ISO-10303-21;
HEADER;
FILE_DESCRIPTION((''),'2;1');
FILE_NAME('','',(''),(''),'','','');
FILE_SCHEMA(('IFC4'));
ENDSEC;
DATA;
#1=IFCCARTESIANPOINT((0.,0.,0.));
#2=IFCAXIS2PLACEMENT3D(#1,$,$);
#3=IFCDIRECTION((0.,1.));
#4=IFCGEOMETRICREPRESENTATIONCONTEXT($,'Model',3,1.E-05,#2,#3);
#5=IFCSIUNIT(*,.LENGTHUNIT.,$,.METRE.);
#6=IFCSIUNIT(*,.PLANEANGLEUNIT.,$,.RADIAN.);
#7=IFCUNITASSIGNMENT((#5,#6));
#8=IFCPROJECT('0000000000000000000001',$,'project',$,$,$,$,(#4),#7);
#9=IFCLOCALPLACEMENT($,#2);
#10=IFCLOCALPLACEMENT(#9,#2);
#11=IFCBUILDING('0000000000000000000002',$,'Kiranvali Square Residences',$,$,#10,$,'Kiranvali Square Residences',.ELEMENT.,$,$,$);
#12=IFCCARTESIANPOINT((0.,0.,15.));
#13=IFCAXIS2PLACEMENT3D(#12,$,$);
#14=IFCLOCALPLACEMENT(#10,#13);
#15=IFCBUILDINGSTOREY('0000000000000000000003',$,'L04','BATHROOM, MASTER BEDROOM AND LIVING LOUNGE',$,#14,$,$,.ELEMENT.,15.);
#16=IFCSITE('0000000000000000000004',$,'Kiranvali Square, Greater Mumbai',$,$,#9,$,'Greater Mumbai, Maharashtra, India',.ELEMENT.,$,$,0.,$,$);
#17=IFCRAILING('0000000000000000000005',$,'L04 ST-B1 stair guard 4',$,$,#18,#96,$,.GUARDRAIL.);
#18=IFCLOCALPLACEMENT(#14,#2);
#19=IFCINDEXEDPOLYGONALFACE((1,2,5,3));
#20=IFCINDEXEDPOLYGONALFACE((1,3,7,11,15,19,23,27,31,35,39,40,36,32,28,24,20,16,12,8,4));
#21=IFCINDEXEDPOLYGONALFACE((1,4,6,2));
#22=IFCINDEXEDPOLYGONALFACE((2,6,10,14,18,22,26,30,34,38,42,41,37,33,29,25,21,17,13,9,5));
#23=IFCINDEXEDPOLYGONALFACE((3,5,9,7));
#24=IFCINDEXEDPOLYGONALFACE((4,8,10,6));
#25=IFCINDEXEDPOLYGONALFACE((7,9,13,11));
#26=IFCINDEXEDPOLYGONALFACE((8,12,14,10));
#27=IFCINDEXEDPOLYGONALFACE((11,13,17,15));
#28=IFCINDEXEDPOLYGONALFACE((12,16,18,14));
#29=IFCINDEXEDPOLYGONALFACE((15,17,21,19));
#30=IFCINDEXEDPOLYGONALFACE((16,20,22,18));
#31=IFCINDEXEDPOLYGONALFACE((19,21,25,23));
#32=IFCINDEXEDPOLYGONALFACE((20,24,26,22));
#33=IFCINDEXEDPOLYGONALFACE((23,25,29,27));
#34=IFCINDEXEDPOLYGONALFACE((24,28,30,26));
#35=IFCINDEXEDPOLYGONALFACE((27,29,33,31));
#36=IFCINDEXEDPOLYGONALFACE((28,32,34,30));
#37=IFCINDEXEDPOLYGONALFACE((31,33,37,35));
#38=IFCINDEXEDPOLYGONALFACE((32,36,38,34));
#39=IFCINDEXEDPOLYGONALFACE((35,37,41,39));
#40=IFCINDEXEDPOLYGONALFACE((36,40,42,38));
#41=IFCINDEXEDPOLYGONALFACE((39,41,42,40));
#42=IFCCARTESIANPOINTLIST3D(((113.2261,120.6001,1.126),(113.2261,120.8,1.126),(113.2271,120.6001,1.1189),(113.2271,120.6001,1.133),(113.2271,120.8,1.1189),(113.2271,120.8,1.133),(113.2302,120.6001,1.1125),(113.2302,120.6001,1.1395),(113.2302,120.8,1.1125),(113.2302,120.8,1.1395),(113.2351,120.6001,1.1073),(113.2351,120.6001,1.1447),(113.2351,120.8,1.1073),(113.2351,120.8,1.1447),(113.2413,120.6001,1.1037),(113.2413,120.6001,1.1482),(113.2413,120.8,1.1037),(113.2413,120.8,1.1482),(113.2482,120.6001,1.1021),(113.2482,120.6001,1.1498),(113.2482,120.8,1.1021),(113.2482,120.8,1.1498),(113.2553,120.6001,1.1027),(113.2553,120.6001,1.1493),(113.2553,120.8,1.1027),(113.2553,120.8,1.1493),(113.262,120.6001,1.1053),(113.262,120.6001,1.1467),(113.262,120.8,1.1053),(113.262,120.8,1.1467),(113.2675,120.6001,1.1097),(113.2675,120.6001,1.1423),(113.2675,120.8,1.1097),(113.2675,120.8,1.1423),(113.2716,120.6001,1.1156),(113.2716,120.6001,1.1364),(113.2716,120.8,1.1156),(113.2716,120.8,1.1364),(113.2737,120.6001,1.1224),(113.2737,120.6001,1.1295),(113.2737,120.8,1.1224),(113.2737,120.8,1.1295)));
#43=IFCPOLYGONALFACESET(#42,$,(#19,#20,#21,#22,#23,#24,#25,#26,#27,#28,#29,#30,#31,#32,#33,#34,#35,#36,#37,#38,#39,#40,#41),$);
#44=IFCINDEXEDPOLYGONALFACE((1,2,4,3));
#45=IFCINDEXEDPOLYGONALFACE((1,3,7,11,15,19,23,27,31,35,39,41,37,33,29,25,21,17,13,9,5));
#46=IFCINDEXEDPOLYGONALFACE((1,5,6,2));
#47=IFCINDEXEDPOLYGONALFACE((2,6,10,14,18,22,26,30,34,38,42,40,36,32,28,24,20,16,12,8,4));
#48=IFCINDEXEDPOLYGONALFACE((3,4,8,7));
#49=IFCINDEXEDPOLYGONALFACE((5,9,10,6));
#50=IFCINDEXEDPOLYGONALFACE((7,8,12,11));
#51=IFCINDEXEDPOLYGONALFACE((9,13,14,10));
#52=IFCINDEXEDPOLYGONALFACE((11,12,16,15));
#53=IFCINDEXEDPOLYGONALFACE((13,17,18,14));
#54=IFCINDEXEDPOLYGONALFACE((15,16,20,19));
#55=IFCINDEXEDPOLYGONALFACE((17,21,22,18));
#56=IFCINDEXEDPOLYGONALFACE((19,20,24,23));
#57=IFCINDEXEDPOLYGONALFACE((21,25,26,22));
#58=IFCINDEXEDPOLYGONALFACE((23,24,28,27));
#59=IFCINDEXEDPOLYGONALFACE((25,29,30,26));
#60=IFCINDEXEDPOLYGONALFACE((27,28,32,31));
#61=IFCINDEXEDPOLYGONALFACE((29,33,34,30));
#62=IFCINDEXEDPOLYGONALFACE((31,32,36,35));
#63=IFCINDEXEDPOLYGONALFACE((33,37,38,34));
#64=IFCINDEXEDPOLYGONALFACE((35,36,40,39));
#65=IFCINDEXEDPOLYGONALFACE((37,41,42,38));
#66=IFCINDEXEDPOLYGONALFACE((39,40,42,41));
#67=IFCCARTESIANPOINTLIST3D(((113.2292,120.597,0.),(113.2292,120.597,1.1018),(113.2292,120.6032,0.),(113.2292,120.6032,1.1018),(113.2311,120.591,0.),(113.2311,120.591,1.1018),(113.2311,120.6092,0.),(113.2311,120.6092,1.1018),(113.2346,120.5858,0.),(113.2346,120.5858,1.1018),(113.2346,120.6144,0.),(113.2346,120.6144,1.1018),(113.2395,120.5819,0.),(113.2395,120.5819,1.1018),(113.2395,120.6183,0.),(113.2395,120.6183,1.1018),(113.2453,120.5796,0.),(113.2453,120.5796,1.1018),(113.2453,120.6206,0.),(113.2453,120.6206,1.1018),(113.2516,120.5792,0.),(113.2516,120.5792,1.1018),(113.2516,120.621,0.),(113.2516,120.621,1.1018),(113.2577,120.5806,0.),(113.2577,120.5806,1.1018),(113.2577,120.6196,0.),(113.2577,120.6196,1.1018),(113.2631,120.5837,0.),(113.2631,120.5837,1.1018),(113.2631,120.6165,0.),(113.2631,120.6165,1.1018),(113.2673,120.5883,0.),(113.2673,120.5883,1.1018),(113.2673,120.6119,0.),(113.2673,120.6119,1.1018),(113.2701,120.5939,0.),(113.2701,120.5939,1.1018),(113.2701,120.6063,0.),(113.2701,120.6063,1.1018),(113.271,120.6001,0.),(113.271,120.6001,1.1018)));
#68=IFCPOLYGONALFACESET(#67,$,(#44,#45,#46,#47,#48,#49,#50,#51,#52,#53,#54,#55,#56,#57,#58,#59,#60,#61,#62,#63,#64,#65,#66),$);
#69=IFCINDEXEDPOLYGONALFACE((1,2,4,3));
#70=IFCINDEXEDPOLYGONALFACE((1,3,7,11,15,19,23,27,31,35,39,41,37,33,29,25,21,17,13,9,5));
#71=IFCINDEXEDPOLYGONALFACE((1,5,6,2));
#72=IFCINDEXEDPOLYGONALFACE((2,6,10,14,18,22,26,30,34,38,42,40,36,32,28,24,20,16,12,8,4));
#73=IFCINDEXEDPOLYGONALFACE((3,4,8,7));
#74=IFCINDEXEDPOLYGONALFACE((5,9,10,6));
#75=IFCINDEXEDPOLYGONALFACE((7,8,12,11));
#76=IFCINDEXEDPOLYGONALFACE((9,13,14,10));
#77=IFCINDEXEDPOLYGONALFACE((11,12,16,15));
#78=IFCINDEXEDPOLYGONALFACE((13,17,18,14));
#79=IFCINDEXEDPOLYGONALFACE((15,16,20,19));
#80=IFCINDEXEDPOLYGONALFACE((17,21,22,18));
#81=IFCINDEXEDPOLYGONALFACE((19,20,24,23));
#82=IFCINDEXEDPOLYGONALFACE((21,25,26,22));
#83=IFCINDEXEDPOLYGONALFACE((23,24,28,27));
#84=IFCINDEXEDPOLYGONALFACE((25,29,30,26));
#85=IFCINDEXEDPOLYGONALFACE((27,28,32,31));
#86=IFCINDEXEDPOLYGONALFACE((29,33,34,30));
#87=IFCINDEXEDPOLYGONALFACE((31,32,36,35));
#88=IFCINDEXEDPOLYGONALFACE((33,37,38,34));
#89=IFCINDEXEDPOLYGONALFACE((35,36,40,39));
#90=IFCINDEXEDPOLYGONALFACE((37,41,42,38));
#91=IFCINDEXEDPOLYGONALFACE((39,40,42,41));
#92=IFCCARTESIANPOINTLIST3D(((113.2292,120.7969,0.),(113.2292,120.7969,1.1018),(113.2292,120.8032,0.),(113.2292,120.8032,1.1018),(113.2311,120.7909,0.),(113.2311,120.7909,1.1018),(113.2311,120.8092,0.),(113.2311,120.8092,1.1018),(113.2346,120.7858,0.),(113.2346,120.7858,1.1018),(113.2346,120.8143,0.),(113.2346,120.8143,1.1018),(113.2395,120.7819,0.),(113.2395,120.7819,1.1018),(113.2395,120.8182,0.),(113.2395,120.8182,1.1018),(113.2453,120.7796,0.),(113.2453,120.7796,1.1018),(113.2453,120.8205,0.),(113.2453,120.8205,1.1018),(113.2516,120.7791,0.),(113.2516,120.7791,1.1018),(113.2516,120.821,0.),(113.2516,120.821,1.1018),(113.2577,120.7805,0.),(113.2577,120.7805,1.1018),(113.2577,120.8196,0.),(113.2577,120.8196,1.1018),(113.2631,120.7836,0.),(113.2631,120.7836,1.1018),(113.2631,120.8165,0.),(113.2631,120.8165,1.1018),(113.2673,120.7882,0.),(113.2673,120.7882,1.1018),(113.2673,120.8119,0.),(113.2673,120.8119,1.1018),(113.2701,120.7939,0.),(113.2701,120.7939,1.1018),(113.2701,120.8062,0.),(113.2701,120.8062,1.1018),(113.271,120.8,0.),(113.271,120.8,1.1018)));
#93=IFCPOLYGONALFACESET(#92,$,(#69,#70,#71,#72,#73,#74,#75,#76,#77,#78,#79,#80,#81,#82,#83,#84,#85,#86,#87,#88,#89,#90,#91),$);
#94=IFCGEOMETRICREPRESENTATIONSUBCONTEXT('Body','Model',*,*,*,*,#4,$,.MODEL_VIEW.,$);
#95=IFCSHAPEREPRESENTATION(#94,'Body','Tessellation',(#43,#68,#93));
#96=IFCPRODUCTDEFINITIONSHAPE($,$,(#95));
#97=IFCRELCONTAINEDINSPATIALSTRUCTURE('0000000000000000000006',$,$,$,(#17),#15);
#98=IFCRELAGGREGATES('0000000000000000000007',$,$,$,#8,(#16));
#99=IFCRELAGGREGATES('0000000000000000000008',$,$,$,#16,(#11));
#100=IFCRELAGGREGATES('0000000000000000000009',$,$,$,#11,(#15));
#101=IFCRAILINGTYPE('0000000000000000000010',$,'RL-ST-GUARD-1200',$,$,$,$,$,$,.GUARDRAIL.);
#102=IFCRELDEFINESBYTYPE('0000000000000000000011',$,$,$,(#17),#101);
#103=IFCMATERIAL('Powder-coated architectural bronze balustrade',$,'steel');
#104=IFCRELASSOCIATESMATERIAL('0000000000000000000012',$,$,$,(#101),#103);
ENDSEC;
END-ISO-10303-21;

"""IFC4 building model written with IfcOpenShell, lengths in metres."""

from ifc_helpers import new_model, si_unit, direction, frame, origin, origin_2d, place, context, subcontext, project, spatial, circle, extrude, material, type_object, element, save


model = new_model("IFC4")

# Units and contexts
model_context = context("Model", 3, precision=1e-05, world=origin(), true_north=direction((0.0, 1.0)))
body_context = subcontext(model_context, "Body", "Model", "MODEL_VIEW")
ifc_project = project(units=[si_unit("LENGTHUNIT", "METRE"), si_unit("PLANEANGLEUNIT", "RADIAN")], contexts=[model_context])

# Site, building, storey
site_placement = place(None, origin())
site = spatial("IfcSite", under=ifc_project, at=site_placement, Name="Kiranvali Square, Greater Mumbai", LongName="Greater Mumbai, Maharashtra, India", CompositionType="ELEMENT", RefElevation=0.0)
building_placement = place(site_placement, origin())
building = spatial("IfcBuilding", under=site, at=building_placement, Name="Kiranvali Square Residences", LongName="Kiranvali Square Residences", CompositionType="ELEMENT")
storey_placement = place(building_placement, frame((0.0, 0.0, 15.0)))
storey = spatial("IfcBuildingStorey", under=building, at=storey_placement, Name="L04", Description="BATHROOM, MASTER BEDROOM AND LIVING LOUNGE", CompositionType="ELEMENT", Elevation=15.0)

# Railing
ifc_material_1 = material(Name="Powder-coated architectural bronze balustrade", Category="steel")
railing_type_1 = type_object("IfcRailingType", Name="RL-ST-GUARD-1200", PredefinedType="GUARDRAIL", material=ifc_material_1)
railing_1_placement = place(storey_placement, frame((113.25, 120.6001, 0.0)))
element("IfcRailing", 1, at=railing_1_placement, inside=storey, type_object=railing_type_1, Name="L04 ST-B1 stair guard 4", PredefinedType="GUARDRAIL", context=body_context, shape_type="SweptSolid", body=[
    extrude(circle(Radius=0.0239, at=origin_2d()), frame((0.0, 0.0, 1.126), z_axis=(0.0, 1.0, 0.0), x_axis=(-1.0, 0.0, 0.0)), (0.0, 0.0, 1.0), 0.2),
    extrude(circle(Radius=0.021, at=origin_2d()), origin(), (0.0, 0.0, 1.0), 1.1018),
    extrude(circle(Radius=0.021, at=origin_2d()), frame((0.0, 0.2, 0.0)), (0.0, 0.0, 1.0), 1.1018),
])

save(model, "model.ifc")
